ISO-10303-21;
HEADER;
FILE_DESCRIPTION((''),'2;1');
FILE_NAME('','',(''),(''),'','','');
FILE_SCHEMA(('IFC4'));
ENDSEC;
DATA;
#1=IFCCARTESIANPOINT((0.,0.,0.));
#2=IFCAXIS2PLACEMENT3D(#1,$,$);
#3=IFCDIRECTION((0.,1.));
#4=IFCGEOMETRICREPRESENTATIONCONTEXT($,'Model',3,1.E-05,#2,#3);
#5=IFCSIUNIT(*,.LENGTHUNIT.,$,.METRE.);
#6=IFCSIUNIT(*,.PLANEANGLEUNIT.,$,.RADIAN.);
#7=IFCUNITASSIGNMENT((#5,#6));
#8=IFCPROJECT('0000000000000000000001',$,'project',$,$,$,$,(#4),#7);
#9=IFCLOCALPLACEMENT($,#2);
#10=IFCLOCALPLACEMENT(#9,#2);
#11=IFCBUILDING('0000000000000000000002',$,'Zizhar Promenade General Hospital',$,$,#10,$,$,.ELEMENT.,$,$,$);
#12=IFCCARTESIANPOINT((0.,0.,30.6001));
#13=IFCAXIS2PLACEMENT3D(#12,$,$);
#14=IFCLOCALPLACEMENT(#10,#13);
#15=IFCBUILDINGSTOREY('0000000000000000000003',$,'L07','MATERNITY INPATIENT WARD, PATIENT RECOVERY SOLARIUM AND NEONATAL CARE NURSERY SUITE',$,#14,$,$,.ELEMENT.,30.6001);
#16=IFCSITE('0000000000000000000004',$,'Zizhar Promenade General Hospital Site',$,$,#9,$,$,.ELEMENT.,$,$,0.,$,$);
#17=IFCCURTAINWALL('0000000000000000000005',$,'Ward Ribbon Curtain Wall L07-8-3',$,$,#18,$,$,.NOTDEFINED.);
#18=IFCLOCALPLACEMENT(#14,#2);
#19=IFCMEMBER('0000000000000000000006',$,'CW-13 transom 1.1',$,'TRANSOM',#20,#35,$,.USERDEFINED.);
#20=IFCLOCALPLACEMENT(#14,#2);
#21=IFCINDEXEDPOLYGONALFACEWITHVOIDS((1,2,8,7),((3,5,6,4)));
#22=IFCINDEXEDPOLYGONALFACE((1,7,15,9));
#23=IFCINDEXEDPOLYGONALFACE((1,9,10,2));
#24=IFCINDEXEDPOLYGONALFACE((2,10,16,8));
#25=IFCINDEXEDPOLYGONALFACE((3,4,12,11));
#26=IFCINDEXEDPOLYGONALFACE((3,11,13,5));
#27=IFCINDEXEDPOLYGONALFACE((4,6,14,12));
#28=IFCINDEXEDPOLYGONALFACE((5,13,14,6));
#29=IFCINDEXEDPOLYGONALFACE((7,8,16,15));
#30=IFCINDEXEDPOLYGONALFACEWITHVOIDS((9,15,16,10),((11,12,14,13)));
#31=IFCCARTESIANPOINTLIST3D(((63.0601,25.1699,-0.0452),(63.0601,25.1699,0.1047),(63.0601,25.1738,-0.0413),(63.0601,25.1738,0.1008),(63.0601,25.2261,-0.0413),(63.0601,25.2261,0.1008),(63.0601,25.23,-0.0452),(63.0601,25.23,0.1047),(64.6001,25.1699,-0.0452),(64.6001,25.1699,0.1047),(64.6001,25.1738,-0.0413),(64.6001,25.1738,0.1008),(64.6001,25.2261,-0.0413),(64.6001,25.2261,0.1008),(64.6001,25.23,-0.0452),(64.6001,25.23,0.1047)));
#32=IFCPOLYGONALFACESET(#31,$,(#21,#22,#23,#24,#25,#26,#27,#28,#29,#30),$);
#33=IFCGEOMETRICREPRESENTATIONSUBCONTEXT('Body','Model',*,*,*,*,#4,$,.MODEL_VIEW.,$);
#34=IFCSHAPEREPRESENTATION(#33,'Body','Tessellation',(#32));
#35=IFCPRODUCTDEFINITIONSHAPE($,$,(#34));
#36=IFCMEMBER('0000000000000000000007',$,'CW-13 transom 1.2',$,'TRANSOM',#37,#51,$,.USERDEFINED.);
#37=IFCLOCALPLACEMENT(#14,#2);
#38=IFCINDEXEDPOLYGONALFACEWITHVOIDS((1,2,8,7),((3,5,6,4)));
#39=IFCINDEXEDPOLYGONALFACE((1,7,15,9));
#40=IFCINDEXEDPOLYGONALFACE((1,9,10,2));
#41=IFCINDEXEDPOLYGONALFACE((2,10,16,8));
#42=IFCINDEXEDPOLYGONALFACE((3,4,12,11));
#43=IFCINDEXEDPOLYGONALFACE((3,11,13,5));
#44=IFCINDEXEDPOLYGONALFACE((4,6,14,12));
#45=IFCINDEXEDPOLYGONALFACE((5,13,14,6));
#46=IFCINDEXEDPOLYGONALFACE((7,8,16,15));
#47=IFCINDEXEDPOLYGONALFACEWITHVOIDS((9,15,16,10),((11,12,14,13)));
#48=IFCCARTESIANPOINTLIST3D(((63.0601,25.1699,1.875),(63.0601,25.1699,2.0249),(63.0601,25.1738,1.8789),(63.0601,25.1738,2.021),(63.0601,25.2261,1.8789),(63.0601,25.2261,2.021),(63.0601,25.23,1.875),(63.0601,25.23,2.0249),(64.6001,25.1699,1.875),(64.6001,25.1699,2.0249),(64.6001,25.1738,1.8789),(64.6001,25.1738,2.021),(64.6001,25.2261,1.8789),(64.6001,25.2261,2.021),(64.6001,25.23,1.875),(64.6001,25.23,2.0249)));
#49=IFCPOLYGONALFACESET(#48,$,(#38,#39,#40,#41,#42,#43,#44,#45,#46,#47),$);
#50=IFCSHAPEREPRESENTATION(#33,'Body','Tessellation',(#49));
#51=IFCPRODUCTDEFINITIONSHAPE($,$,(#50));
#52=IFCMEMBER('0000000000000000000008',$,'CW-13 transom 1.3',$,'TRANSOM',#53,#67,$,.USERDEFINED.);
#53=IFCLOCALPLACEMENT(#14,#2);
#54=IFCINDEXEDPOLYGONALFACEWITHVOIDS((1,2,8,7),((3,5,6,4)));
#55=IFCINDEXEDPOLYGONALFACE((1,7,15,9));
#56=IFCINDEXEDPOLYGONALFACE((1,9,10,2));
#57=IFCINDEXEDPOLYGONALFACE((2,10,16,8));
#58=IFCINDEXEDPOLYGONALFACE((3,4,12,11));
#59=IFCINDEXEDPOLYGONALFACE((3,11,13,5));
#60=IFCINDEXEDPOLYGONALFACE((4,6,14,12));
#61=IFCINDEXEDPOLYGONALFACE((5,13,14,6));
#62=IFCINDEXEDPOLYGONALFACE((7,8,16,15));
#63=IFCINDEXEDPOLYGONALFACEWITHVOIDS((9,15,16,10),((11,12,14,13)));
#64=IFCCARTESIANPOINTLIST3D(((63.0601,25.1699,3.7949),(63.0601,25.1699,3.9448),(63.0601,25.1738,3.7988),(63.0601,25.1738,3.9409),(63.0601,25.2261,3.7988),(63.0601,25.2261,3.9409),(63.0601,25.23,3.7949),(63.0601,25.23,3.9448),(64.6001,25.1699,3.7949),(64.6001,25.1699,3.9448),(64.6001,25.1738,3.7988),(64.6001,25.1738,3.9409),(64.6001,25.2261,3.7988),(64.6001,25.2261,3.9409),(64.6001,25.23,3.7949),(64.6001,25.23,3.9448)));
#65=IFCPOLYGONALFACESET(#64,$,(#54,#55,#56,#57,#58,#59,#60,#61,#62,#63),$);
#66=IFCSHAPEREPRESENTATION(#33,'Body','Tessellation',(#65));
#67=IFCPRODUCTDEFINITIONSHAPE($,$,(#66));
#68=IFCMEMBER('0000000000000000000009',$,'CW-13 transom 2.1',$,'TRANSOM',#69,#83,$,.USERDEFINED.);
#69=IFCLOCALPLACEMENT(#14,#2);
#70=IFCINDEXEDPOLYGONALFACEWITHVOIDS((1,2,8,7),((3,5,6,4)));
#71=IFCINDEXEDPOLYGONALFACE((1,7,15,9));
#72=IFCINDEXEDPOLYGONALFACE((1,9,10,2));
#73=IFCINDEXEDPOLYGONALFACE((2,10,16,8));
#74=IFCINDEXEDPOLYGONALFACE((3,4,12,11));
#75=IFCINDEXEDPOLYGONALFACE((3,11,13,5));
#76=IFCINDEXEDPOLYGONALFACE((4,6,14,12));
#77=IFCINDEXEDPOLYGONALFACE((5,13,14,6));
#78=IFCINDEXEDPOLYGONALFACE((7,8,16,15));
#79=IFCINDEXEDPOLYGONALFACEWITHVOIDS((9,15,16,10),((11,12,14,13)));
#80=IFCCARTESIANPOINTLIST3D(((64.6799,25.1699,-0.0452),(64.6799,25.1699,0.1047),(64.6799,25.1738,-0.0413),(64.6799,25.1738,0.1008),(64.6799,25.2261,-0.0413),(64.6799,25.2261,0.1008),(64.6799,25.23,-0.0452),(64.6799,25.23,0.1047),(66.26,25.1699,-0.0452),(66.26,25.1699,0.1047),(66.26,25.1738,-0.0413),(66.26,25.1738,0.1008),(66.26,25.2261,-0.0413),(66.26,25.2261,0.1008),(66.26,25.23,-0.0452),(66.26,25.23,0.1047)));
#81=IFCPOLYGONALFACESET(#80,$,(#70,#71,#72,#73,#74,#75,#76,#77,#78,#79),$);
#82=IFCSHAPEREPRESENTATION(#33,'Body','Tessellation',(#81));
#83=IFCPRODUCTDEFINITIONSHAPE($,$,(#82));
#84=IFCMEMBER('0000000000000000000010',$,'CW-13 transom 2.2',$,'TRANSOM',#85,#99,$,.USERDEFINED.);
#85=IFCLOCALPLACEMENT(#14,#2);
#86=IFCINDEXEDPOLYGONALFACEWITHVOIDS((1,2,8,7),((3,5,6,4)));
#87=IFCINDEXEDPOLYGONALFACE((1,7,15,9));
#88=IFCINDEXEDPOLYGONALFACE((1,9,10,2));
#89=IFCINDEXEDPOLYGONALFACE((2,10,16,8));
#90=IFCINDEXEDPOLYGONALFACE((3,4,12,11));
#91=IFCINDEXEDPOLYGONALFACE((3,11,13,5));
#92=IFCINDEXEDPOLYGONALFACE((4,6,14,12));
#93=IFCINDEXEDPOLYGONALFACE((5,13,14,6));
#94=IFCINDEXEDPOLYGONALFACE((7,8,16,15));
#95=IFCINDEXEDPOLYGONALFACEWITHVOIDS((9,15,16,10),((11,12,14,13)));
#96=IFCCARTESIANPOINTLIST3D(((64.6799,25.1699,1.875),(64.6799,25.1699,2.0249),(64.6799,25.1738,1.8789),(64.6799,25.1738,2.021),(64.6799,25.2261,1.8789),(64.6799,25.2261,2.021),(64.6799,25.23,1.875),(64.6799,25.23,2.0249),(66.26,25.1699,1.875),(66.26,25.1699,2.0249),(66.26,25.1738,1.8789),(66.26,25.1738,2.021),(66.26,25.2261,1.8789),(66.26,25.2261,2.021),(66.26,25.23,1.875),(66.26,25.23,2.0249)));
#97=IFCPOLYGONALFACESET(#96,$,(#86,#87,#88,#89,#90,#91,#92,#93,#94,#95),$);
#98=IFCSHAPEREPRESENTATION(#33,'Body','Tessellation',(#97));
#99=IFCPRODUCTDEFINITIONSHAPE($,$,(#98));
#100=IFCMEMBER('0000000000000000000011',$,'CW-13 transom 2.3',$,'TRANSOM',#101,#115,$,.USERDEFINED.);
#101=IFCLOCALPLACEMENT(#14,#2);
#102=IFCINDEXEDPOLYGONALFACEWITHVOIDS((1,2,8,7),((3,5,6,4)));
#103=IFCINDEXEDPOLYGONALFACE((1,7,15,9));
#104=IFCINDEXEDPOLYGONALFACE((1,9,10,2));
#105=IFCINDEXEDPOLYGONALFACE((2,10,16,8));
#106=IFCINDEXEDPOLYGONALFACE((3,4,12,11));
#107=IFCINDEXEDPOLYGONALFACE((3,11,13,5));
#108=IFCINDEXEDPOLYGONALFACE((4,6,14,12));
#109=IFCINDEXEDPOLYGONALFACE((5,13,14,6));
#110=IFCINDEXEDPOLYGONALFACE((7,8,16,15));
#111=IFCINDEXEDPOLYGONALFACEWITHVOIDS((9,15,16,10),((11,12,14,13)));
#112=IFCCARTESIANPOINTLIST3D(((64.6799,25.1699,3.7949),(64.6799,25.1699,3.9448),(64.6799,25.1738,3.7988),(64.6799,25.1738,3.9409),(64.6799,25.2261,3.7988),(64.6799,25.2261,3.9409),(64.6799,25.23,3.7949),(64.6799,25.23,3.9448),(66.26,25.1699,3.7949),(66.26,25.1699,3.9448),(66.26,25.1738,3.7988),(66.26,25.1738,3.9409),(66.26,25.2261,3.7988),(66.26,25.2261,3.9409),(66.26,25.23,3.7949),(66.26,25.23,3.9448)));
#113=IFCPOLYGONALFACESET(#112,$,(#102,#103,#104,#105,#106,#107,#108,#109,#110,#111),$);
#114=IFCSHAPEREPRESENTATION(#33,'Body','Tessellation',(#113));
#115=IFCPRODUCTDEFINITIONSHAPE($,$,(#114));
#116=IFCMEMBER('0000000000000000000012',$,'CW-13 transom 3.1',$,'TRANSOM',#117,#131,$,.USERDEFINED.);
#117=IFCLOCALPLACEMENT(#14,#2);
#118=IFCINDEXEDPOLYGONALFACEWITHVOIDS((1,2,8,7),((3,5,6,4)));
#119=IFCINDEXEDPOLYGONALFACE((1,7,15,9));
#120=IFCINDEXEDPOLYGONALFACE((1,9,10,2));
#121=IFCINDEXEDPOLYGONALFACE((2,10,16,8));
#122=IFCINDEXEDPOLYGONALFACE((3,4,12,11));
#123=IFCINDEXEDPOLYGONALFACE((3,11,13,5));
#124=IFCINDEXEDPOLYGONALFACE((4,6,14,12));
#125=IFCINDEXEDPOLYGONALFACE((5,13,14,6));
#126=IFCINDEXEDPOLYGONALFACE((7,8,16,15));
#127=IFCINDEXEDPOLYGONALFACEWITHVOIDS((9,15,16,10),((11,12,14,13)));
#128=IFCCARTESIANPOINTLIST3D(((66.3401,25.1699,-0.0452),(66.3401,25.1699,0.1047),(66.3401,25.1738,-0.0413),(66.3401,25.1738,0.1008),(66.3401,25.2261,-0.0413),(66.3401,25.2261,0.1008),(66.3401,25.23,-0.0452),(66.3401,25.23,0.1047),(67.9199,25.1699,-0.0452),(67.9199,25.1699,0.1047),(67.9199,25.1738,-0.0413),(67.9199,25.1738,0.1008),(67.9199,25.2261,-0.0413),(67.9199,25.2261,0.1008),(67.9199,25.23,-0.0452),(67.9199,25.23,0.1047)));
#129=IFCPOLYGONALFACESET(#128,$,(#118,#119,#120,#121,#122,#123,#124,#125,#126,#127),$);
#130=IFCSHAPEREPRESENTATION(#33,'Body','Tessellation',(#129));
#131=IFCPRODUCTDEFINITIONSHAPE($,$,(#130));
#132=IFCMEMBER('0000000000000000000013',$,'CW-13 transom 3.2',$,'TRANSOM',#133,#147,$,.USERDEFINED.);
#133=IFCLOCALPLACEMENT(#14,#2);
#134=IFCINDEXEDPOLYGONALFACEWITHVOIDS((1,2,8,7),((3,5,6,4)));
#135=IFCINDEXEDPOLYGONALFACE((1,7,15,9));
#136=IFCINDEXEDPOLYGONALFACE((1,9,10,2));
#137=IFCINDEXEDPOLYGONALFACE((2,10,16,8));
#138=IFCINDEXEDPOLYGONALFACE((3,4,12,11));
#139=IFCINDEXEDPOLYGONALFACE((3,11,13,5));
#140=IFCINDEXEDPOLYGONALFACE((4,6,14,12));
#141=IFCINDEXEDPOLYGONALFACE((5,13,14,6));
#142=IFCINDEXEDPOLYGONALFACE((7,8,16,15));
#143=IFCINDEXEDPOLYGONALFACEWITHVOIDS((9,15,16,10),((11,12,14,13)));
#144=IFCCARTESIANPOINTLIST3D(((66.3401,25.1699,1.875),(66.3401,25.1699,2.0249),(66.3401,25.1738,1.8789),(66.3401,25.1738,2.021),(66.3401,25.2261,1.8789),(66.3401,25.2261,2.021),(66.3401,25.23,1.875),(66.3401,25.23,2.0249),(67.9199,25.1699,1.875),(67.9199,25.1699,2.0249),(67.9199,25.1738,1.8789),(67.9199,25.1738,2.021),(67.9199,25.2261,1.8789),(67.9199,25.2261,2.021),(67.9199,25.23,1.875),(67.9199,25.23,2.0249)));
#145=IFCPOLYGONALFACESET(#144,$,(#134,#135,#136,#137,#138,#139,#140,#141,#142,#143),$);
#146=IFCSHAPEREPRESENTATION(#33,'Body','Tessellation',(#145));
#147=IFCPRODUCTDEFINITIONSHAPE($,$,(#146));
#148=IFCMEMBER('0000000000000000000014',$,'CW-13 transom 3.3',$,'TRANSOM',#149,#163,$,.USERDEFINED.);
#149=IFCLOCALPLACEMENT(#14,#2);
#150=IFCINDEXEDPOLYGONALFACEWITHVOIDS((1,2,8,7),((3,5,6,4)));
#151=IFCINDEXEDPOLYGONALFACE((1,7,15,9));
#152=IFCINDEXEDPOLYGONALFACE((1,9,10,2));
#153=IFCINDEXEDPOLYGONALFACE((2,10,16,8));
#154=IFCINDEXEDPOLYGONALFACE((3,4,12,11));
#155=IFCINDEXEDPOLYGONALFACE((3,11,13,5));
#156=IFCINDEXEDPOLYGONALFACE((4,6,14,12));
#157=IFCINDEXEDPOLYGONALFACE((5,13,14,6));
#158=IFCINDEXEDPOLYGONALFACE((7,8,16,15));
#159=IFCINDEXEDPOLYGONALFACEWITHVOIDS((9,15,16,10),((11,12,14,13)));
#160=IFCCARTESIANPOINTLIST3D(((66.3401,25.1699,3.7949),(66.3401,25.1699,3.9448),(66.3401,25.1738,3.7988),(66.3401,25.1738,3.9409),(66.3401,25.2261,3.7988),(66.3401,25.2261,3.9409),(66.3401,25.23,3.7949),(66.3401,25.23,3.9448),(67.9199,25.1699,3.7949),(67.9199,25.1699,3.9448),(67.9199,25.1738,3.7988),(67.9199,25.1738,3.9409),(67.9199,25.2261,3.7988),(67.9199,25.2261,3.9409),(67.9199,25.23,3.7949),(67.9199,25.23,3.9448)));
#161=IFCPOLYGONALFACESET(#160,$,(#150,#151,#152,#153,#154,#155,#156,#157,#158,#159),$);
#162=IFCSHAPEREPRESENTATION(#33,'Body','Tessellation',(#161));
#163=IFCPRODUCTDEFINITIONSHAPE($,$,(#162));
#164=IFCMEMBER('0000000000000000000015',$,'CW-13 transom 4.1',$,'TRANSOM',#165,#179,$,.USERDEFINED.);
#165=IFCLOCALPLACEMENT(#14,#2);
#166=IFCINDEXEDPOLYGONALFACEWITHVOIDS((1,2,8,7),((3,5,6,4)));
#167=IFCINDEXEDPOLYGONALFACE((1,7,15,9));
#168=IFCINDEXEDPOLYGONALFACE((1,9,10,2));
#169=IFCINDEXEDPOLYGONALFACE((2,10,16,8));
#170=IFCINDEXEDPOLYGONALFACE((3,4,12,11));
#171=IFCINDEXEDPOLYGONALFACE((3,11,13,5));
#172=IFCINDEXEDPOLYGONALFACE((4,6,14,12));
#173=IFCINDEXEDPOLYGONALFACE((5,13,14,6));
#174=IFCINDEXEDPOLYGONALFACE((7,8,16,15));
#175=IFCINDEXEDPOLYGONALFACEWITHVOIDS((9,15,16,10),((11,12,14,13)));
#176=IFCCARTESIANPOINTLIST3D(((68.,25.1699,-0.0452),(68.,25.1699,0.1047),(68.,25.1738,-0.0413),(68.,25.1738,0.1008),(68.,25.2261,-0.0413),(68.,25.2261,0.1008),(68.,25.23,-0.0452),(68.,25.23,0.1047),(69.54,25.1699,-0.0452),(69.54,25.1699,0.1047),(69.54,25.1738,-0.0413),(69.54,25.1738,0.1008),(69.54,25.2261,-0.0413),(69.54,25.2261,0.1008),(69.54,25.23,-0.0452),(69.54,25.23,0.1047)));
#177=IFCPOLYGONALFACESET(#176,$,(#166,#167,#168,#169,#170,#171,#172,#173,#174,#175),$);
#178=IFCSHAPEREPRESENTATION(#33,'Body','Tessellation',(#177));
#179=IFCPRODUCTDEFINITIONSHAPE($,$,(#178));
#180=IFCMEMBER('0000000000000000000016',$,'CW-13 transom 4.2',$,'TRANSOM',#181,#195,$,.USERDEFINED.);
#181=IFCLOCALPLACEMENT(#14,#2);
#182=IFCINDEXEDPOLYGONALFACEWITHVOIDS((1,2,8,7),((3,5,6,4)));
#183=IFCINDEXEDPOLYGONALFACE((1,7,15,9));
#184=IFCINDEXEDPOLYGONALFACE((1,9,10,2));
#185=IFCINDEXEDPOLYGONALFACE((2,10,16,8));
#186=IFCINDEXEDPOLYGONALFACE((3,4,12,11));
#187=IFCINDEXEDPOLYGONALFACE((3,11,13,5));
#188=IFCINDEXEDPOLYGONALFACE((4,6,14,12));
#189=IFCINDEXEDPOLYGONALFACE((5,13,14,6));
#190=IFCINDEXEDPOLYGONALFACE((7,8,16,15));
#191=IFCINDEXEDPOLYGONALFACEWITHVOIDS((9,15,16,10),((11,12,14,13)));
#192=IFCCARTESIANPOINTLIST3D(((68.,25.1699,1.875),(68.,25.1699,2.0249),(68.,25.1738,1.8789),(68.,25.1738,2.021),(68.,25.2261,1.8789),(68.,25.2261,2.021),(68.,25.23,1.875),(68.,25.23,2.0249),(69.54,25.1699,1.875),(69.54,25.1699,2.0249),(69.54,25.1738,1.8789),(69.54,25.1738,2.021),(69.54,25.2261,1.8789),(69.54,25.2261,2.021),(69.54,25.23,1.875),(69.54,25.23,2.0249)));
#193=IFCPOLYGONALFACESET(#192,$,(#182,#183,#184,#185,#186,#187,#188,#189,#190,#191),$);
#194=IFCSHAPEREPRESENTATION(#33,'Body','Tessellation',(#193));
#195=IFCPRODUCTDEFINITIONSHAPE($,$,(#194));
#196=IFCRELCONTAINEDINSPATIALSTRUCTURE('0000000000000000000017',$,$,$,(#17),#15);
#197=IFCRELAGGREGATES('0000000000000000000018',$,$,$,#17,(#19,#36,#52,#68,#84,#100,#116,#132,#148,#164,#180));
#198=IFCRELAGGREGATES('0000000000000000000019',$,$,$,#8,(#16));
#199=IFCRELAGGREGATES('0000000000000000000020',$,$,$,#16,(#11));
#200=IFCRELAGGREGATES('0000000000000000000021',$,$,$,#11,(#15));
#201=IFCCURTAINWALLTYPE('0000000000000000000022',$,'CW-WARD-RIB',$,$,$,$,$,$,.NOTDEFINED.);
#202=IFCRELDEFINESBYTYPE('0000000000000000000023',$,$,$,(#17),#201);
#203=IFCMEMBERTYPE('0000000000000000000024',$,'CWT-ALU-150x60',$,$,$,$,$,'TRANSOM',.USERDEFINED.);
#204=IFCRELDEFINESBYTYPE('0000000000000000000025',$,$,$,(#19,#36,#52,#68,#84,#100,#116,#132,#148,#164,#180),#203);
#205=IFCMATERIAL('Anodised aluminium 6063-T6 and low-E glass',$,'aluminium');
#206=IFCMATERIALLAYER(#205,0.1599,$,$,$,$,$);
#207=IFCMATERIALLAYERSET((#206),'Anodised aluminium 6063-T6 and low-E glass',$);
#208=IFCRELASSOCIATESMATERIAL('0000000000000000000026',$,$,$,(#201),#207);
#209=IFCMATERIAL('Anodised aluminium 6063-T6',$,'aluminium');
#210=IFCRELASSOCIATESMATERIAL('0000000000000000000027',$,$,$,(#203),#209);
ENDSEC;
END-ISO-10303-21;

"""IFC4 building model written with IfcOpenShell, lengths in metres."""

from ifc_helpers import new_model, si_unit, direction, frame, origin, origin_2d, place, context, subcontext, project, spatial, hollow_rectangle, extrude, material, layer, layer_set, material_profile, profile_set, type_object, element, aggregate, save


model = new_model("IFC4")

# Units and contexts
model_context = context("Model", 3, precision=1e-05, world=origin(), true_north=direction((0.0, 1.0)))
body_context = subcontext(model_context, "Body", "Model", "MODEL_VIEW")
ifc_project = project(units=[si_unit("LENGTHUNIT", "METRE"), si_unit("PLANEANGLEUNIT", "RADIAN")], contexts=[model_context])

# Site, building, storey
site_placement = place(None, origin())
site = spatial("IfcSite", under=ifc_project, at=site_placement, Name="Zizhar Promenade General Hospital Site", CompositionType="ELEMENT", RefElevation=0.0)
building_placement = place(site_placement, origin())
building = spatial("IfcBuilding", under=site, at=building_placement, Name="Zizhar Promenade General Hospital", CompositionType="ELEMENT")
storey_placement = place(building_placement, frame((0.0, 0.0, 30.6001)))
storey = spatial("IfcBuildingStorey", under=building, at=storey_placement, Name="L07", Description="MATERNITY INPATIENT WARD, PATIENT RECOVERY SOLARIUM AND NEONATAL CARE NURSERY SUITE", CompositionType="ELEMENT", Elevation=30.6001)

# Curtain wall
ifc_material_1 = material(Name="Anodised aluminium 6063-T6 and low-E glass", Category="aluminium")
ifc_layer_1 = layer(ifc_material_1, 0.1599)
ifc_layer_set_1 = layer_set([ifc_layer_1], Name="Anodised aluminium 6063-T6 and low-E glass")
curtain_wall_type = type_object("IfcCurtainWallType", Name="CW-WARD-RIB", PredefinedType="NOTDEFINED", material=ifc_layer_set_1)
curtain_wall_1_placement = place(storey_placement, origin())
curtain_wall_1 = element("IfcCurtainWall", 1, at=curtain_wall_1_placement, inside=storey, type_object=curtain_wall_type, Name="Ward Ribbon Curtain Wall L07-8-3", PredefinedType="NOTDEFINED")

# Members
ifc_material_2 = material(Name="Anodised aluminium 6063-T6", Category="aluminium")
ifc_material_profile_1 = material_profile(ifc_material_2, hollow_rectangle(XDim=0.0601, YDim=0.1499, WallThickness=0.0039, at=origin_2d()))
ifc_profile_set_1 = profile_set([ifc_material_profile_1], Name="Anodised aluminium 6063-T6")
member_type_1 = type_object("IfcMemberType", Name="CWT-ALU-150x60", ElementType="TRANSOM", PredefinedType="USERDEFINED", material=ifc_profile_set_1)
member_1_placement = place(storey_placement, frame((63.0601, 25.2, 0.0298), z_axis=(1.0, 0.0, 0.0), x_axis=(0.0, 1.0, 0.0)))
member_1 = element("IfcMember", 2, at=member_1_placement, type_object=member_type_1, Name="CW-13 transom 1.1", ObjectType="TRANSOM", PredefinedType="USERDEFINED", context=body_context, shape_type="SweptSolid", body=[
    extrude(hollow_rectangle(XDim=0.0601, YDim=0.1499, WallThickness=0.0039, at=origin_2d()), origin(), (0.0, 0.0, 1.0), 1.54),
])
member_2_placement = place(storey_placement, frame((63.0601, 25.2, 1.95), z_axis=(1.0, 0.0, 0.0), x_axis=(0.0, 1.0, 0.0)))
member_2 = element("IfcMember", 3, at=member_2_placement, type_object=member_type_1, Name="CW-13 transom 1.2", ObjectType="TRANSOM", PredefinedType="USERDEFINED", context=body_context, shape_type="SweptSolid", body=[
    extrude(hollow_rectangle(XDim=0.0601, YDim=0.1499, WallThickness=0.0039, at=origin_2d()), origin(), (0.0, 0.0, 1.0), 1.54),
])
member_3_placement = place(storey_placement, frame((63.0601, 25.2, 3.8699), z_axis=(1.0, 0.0, 0.0), x_axis=(0.0, 1.0, 0.0)))
member_3 = element("IfcMember", 4, at=member_3_placement, type_object=member_type_1, Name="CW-13 transom 1.3", ObjectType="TRANSOM", PredefinedType="USERDEFINED", context=body_context, shape_type="SweptSolid", body=[
    extrude(hollow_rectangle(XDim=0.0601, YDim=0.1499, WallThickness=0.0039, at=origin_2d()), origin(), (0.0, 0.0, 1.0), 1.54),
])
member_4_placement = place(storey_placement, frame((64.6799, 25.2, 0.0298), z_axis=(1.0, 0.0, 0.0), x_axis=(0.0, 1.0, 0.0)))
member_4 = element("IfcMember", 5, at=member_4_placement, type_object=member_type_1, Name="CW-13 transom 2.1", ObjectType="TRANSOM", PredefinedType="USERDEFINED", context=body_context, shape_type="SweptSolid", body=[
    extrude(hollow_rectangle(XDim=0.0601, YDim=0.1499, WallThickness=0.0039, at=origin_2d()), origin(), (0.0, 0.0, 1.0), 1.5801),
])
member_5_placement = place(storey_placement, frame((64.6799, 25.2, 1.95), z_axis=(1.0, 0.0, 0.0), x_axis=(0.0, 1.0, 0.0)))
member_5 = element("IfcMember", 6, at=member_5_placement, type_object=member_type_1, Name="CW-13 transom 2.2", ObjectType="TRANSOM", PredefinedType="USERDEFINED", context=body_context, shape_type="SweptSolid", body=[
    extrude(hollow_rectangle(XDim=0.0601, YDim=0.1499, WallThickness=0.0039, at=origin_2d()), origin(), (0.0, 0.0, 1.0), 1.5801),
])
member_6_placement = place(storey_placement, frame((64.6799, 25.2, 3.8699), z_axis=(1.0, 0.0, 0.0), x_axis=(0.0, 1.0, 0.0)))
member_6 = element("IfcMember", 7, at=member_6_placement, type_object=member_type_1, Name="CW-13 transom 2.3", ObjectType="TRANSOM", PredefinedType="USERDEFINED", context=body_context, shape_type="SweptSolid", body=[
    extrude(hollow_rectangle(XDim=0.0601, YDim=0.1499, WallThickness=0.0039, at=origin_2d()), origin(), (0.0, 0.0, 1.0), 1.5801),
])
member_7_placement = place(storey_placement, frame((66.3401, 25.2, 0.0298), z_axis=(1.0, 0.0, 0.0), x_axis=(0.0, 1.0, 0.0)))
member_7 = element("IfcMember", 8, at=member_7_placement, type_object=member_type_1, Name="CW-13 transom 3.1", ObjectType="TRANSOM", PredefinedType="USERDEFINED", context=body_context, shape_type="SweptSolid", body=[
    extrude(hollow_rectangle(XDim=0.0601, YDim=0.1499, WallThickness=0.0039, at=origin_2d()), origin(), (0.0, 0.0, 1.0), 1.5798),
])
member_8_placement = place(storey_placement, frame((66.3401, 25.2, 1.95), z_axis=(1.0, 0.0, 0.0), x_axis=(0.0, 1.0, 0.0)))
member_8 = element("IfcMember", 9, at=member_8_placement, type_object=member_type_1, Name="CW-13 transom 3.2", ObjectType="TRANSOM", PredefinedType="USERDEFINED", context=body_context, shape_type="SweptSolid", body=[
    extrude(hollow_rectangle(XDim=0.0601, YDim=0.1499, WallThickness=0.0039, at=origin_2d()), origin(), (0.0, 0.0, 1.0), 1.5798),
])
member_9_placement = place(storey_placement, frame((66.3401, 25.2, 3.8699), z_axis=(1.0, 0.0, 0.0), x_axis=(0.0, 1.0, 0.0)))
member_9 = element("IfcMember", 10, at=member_9_placement, type_object=member_type_1, Name="CW-13 transom 3.3", ObjectType="TRANSOM", PredefinedType="USERDEFINED", context=body_context, shape_type="SweptSolid", body=[
    extrude(hollow_rectangle(XDim=0.0601, YDim=0.1499, WallThickness=0.0039, at=origin_2d()), origin(), (0.0, 0.0, 1.0), 1.5798),
])
member_10_placement = place(storey_placement, frame((68.0, 25.2, 0.0298), z_axis=(1.0, 0.0, 0.0), x_axis=(0.0, 1.0, 0.0)))
member_10 = element("IfcMember", 11, at=member_10_placement, type_object=member_type_1, Name="CW-13 transom 4.1", ObjectType="TRANSOM", PredefinedType="USERDEFINED", context=body_context, shape_type="SweptSolid", body=[
    extrude(hollow_rectangle(XDim=0.0601, YDim=0.1499, WallThickness=0.0039, at=origin_2d()), origin(), (0.0, 0.0, 1.0), 1.54),
])
member_11_placement = place(storey_placement, frame((68.0, 25.2, 1.95), z_axis=(1.0, 0.0, 0.0), x_axis=(0.0, 1.0, 0.0)))
member_11 = element("IfcMember", 12, at=member_11_placement, type_object=member_type_1, Name="CW-13 transom 4.2", ObjectType="TRANSOM", PredefinedType="USERDEFINED", context=body_context, shape_type="SweptSolid", body=[
    extrude(hollow_rectangle(XDim=0.0601, YDim=0.1499, WallThickness=0.0039, at=origin_2d()), origin(), (0.0, 0.0, 1.0), 1.54),
])

aggregate(curtain_wall_1, [member_1, member_2, member_3, member_4, member_5, member_6, member_7, member_8, member_9, member_10, member_11])

save(model, "model.ifc")
